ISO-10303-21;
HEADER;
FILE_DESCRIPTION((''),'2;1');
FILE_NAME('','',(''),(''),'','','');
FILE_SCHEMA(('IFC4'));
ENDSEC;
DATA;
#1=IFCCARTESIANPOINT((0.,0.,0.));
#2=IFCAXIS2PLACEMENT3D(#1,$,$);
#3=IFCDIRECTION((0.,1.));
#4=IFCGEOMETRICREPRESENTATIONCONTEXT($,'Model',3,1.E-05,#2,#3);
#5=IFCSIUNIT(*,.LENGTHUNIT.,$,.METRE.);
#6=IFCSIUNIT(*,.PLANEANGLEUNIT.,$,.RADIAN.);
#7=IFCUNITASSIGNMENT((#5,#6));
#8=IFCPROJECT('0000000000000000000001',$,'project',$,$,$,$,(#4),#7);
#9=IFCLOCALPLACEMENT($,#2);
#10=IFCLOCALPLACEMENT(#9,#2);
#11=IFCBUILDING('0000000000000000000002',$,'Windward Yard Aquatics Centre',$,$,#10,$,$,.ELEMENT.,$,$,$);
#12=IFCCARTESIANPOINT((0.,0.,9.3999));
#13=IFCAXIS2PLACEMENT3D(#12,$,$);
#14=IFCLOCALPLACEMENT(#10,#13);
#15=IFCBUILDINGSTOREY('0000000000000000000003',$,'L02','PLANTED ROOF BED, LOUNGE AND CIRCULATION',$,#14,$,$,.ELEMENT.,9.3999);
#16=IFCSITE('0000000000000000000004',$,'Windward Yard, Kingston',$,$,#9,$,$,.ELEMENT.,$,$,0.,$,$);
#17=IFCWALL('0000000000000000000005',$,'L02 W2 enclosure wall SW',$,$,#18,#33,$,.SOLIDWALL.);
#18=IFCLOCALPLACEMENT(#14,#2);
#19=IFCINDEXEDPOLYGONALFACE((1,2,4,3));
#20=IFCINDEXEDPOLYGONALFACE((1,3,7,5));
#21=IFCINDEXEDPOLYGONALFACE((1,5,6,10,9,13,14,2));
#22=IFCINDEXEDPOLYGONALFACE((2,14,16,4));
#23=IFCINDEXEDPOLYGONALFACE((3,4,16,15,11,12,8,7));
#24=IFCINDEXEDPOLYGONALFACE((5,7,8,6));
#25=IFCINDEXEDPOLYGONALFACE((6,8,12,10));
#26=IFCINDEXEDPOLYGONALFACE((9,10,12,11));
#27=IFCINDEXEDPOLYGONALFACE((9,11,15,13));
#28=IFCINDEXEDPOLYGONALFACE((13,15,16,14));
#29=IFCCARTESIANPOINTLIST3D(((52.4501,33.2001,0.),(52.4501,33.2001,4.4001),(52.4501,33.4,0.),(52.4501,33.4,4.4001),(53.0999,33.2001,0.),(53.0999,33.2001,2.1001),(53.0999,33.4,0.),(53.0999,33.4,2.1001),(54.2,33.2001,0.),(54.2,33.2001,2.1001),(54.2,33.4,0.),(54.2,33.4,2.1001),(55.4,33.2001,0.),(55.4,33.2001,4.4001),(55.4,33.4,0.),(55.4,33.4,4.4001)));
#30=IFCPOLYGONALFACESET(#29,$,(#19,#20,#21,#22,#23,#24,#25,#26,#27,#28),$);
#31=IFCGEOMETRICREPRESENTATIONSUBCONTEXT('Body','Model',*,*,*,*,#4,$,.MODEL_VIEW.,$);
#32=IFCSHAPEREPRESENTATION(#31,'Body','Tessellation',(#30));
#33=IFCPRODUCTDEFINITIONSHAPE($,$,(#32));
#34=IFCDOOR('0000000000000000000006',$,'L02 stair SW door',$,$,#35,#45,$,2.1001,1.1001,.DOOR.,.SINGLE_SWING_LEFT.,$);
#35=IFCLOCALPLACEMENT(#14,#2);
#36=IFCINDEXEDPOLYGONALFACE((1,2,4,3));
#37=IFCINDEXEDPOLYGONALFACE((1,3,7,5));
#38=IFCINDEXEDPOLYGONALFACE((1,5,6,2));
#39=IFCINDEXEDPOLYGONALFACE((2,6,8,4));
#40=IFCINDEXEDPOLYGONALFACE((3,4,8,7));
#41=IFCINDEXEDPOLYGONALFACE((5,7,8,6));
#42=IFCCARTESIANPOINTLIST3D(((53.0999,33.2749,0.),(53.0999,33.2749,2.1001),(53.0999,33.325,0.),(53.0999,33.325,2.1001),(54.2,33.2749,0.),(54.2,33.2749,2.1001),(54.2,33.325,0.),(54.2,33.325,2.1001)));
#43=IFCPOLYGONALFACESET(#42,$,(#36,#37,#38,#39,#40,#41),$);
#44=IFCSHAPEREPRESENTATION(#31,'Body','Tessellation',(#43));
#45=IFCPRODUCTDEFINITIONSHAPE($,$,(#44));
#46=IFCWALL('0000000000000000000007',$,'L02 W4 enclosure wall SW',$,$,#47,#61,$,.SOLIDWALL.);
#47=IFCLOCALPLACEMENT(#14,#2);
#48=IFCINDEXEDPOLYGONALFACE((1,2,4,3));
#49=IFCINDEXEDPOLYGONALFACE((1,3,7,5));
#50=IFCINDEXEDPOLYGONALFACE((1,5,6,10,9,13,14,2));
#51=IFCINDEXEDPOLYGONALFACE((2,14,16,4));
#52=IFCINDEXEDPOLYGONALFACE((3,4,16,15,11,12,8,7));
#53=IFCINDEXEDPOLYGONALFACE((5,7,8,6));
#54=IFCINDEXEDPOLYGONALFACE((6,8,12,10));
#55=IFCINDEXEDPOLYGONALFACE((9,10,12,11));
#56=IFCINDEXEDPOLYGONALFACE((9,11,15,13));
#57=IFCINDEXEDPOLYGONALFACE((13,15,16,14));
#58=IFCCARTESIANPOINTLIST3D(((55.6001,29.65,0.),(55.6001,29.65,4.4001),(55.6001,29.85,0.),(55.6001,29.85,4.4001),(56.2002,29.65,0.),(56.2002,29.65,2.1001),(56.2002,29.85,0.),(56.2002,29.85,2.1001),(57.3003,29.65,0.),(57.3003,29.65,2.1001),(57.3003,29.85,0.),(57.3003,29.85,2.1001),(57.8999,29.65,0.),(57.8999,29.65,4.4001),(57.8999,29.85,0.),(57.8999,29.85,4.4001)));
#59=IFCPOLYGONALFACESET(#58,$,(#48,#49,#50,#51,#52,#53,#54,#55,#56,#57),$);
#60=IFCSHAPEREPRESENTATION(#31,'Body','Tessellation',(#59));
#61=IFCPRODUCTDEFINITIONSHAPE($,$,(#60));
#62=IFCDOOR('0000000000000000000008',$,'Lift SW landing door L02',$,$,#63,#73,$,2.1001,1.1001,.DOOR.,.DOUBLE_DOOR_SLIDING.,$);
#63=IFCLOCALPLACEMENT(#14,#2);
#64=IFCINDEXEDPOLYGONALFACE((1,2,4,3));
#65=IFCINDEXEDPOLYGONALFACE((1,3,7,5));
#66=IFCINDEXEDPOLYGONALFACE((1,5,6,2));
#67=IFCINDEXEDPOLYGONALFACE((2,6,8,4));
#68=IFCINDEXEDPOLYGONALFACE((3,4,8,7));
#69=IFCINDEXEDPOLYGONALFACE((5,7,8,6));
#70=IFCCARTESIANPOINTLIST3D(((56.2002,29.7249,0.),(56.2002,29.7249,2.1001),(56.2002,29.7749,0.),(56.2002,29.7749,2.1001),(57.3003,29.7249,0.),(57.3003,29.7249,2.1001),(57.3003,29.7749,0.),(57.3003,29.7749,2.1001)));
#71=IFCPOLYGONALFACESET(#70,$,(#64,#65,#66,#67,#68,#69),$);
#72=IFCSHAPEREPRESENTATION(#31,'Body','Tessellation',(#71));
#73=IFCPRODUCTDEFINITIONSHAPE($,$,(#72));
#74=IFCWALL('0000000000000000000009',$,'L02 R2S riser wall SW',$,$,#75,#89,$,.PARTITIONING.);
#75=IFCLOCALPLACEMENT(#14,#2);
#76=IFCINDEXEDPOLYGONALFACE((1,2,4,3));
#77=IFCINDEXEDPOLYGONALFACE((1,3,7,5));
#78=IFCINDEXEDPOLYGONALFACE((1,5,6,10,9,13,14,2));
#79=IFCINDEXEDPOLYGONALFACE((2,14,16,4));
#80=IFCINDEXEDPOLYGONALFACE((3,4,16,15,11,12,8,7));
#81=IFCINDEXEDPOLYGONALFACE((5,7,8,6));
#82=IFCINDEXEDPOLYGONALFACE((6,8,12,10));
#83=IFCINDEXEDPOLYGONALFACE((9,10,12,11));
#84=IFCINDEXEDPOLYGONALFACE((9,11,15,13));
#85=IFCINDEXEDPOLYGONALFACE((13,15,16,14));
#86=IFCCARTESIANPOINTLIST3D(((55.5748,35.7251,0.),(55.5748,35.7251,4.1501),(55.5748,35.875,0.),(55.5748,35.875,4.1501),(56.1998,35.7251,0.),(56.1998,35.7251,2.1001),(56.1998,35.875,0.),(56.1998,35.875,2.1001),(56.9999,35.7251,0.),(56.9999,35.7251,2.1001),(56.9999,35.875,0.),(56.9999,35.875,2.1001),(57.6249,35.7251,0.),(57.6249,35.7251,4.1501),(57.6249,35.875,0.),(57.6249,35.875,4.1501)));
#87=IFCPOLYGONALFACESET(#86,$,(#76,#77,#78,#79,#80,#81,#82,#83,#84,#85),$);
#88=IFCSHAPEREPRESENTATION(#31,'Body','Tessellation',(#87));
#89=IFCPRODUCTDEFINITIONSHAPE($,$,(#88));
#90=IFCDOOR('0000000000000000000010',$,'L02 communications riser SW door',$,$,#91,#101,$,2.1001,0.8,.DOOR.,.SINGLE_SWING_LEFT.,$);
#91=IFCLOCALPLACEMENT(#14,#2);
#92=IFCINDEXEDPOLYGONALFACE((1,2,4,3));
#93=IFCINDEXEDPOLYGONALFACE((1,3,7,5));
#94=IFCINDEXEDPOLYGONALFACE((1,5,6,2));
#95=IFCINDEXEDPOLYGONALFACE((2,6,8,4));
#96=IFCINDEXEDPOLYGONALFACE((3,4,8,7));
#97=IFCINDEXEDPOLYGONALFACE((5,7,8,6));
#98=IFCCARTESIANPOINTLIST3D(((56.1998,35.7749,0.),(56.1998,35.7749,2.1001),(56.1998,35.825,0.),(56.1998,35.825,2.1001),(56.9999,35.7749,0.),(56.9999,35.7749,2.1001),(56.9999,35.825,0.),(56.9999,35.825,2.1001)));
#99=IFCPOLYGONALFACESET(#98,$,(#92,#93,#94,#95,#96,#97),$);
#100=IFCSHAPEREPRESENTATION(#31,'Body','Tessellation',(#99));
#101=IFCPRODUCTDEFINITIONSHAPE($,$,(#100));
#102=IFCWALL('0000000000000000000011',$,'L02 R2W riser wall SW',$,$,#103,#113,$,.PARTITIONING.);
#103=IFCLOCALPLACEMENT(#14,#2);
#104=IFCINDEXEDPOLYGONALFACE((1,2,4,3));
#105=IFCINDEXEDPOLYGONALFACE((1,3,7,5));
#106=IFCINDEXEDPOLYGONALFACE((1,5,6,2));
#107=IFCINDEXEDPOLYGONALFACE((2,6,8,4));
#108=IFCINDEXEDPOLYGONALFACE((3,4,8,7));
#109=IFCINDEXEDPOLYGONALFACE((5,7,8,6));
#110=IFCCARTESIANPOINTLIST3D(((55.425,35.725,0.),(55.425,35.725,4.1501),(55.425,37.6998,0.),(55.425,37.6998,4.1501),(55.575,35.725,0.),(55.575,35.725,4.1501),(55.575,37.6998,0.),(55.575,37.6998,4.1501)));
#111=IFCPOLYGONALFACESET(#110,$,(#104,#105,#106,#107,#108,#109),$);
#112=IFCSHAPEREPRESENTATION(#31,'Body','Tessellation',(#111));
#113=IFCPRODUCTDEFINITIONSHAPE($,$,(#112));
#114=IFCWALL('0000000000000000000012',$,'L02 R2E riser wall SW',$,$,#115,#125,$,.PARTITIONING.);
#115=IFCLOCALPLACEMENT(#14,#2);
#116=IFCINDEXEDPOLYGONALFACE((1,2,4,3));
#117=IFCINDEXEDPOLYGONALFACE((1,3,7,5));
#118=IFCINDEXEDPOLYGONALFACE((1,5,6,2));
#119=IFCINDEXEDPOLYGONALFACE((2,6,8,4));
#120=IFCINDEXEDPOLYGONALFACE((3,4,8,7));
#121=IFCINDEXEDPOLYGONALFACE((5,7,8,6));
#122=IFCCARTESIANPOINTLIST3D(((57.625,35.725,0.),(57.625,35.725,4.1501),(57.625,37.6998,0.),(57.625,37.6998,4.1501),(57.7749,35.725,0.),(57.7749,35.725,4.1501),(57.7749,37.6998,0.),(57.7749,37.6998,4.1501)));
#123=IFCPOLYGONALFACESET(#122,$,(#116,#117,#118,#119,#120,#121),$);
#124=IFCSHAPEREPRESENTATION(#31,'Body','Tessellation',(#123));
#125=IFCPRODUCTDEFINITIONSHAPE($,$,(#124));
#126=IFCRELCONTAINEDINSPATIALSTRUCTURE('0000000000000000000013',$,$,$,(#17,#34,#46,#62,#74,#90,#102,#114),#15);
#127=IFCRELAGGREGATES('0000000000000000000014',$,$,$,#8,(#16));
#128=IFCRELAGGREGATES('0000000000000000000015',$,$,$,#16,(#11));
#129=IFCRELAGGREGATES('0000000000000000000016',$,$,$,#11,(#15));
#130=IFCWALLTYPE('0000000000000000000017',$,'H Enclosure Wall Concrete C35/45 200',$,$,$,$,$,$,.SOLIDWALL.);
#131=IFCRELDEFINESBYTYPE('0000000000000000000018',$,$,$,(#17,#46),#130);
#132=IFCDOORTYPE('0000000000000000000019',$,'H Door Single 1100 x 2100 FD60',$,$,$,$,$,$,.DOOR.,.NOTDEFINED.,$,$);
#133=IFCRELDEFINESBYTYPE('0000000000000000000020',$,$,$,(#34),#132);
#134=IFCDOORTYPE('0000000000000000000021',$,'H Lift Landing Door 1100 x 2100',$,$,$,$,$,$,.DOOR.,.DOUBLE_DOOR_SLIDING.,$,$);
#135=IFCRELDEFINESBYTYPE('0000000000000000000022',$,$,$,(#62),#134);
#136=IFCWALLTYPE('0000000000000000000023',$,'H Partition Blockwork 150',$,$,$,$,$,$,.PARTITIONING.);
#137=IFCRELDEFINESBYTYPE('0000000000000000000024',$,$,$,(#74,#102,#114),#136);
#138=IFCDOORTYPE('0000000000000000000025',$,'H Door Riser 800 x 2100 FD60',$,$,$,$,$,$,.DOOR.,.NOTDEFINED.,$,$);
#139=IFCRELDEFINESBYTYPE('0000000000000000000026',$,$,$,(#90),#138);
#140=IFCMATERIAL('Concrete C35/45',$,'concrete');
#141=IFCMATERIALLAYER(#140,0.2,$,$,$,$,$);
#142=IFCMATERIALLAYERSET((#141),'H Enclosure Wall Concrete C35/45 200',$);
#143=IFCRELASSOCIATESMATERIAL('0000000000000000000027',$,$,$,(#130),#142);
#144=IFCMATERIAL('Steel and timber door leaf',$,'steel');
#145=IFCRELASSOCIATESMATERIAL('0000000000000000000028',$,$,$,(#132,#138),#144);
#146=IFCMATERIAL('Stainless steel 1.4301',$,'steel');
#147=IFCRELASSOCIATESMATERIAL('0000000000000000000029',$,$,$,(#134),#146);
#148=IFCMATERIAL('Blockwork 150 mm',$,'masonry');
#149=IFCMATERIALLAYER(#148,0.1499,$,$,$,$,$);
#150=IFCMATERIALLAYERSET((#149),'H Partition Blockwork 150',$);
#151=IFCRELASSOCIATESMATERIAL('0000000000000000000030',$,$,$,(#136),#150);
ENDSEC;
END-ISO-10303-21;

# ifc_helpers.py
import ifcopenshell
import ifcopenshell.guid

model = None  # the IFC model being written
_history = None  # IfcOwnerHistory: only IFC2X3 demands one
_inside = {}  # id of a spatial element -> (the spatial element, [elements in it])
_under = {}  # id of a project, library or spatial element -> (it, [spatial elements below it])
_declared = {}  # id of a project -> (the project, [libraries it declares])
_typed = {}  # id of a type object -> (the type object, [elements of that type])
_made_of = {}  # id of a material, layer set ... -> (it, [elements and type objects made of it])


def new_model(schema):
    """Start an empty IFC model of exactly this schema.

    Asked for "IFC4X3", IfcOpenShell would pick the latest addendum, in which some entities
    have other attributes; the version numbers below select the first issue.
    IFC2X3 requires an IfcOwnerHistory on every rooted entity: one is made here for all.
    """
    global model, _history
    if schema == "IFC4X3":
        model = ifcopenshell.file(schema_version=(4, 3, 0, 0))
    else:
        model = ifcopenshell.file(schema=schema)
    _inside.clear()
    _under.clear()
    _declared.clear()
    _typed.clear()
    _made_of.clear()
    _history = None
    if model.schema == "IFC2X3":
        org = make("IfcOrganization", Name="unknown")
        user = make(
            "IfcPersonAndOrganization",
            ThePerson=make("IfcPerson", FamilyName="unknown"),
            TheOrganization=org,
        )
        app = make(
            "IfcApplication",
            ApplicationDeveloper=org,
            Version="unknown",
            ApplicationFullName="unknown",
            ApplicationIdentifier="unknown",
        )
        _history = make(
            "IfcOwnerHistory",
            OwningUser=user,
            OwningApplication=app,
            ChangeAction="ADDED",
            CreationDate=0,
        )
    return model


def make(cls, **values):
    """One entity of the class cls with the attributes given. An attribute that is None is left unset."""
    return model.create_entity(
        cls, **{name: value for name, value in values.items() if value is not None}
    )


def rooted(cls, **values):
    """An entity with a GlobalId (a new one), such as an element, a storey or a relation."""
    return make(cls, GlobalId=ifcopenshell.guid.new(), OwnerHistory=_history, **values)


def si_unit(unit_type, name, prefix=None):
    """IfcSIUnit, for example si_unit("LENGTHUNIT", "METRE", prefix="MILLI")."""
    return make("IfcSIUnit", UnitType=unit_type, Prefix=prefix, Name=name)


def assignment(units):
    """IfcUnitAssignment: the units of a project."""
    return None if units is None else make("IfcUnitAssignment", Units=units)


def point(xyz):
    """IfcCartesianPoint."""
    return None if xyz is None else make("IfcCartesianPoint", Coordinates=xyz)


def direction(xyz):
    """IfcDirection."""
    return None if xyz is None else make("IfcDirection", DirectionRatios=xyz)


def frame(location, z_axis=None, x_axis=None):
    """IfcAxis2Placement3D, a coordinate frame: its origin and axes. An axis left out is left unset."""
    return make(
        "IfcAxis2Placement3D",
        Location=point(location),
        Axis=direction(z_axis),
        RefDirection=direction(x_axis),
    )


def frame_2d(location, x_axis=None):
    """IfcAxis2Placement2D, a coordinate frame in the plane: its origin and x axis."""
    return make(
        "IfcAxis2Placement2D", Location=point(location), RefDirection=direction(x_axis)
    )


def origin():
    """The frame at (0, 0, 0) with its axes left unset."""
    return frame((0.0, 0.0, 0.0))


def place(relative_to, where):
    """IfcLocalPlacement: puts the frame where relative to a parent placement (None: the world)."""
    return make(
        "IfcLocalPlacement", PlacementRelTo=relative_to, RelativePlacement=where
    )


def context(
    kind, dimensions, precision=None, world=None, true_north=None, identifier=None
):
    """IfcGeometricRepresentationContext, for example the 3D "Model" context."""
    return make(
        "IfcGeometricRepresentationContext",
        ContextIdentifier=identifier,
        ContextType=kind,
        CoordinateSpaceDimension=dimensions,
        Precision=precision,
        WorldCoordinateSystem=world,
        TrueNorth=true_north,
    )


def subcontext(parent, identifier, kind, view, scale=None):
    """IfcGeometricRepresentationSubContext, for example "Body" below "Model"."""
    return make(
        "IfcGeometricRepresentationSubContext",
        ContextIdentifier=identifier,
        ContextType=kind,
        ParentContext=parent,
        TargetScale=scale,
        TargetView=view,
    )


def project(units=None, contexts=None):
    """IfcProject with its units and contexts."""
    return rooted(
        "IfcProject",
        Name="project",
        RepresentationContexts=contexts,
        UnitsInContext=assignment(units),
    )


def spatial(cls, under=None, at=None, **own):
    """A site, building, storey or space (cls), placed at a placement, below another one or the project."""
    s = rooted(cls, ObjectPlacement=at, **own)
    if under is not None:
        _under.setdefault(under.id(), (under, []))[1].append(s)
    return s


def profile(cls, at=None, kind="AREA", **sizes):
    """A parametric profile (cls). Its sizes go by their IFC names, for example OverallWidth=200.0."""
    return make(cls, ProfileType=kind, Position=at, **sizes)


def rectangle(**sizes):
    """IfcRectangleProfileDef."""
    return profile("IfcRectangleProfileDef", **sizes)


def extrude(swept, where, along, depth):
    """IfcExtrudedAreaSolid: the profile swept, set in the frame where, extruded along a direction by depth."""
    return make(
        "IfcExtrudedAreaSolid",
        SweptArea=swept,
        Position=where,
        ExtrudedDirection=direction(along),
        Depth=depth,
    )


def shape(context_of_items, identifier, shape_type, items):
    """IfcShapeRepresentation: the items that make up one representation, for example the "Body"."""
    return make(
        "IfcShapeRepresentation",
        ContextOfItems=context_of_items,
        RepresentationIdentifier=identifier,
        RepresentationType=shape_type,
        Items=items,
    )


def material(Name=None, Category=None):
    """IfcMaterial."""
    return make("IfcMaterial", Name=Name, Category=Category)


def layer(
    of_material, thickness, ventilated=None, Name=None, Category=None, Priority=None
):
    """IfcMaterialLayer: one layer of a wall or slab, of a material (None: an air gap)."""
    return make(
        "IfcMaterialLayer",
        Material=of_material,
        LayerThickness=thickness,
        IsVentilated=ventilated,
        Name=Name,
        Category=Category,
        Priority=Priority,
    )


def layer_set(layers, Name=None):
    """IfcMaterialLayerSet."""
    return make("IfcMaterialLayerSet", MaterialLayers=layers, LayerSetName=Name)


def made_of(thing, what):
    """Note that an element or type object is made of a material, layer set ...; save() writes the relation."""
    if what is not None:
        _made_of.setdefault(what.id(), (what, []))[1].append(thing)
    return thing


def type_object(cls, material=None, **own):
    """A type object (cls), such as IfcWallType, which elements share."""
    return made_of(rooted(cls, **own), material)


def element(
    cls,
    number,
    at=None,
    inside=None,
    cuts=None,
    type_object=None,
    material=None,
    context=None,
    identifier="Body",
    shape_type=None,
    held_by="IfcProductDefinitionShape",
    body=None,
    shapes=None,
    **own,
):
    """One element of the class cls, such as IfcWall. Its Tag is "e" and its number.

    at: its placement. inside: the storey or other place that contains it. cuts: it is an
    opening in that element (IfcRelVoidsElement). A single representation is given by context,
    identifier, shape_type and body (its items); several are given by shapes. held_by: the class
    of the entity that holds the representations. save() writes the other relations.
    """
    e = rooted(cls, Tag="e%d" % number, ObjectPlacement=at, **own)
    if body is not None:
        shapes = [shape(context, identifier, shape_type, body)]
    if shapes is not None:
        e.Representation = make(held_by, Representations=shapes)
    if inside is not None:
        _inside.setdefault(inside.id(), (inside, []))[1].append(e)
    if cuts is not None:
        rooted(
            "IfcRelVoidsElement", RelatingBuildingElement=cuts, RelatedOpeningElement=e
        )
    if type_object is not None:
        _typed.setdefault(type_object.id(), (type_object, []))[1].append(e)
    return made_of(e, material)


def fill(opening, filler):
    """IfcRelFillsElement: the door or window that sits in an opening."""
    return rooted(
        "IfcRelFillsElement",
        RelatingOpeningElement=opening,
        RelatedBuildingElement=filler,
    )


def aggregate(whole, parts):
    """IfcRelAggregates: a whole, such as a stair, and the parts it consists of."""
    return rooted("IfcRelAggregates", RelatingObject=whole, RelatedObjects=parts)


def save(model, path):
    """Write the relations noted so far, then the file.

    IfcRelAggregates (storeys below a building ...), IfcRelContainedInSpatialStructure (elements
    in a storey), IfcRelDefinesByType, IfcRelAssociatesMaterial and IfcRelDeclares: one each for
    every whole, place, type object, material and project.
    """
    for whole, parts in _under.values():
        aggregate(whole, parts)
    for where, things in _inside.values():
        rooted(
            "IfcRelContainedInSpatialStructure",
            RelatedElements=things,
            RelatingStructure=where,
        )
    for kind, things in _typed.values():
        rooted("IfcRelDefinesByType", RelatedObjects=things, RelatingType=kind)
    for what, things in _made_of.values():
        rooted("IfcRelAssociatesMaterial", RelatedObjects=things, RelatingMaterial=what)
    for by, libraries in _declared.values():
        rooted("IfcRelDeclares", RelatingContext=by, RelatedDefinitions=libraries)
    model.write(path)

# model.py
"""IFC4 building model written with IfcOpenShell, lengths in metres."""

from ifc_helpers import new_model, si_unit, direction, frame, frame_2d, origin, place, context, subcontext, project, spatial, rectangle, extrude, material, layer, layer_set, type_object, element, fill, save


model = new_model("IFC4")

# Units and contexts
model_context = context("Model", 3, precision=1e-05, world=origin(), true_north=direction((0.0, 1.0)))
body_context = subcontext(model_context, "Body", "Model", "MODEL_VIEW")
ifc_project = project(units=[si_unit("LENGTHUNIT", "METRE"), si_unit("PLANEANGLEUNIT", "RADIAN")], contexts=[model_context])

# Site, building, storey
site_placement = place(None, origin())
site = spatial("IfcSite", under=ifc_project, at=site_placement, Name="Windward Yard, Kingston", CompositionType="ELEMENT", RefElevation=0.0)
building_placement = place(site_placement, origin())
building = spatial("IfcBuilding", under=site, at=building_placement, Name="Windward Yard Aquatics Centre", CompositionType="ELEMENT")
storey_placement = place(building_placement, frame((0.0, 0.0, 9.3999)))
storey = spatial("IfcBuildingStorey", under=building, at=storey_placement, Name="L02", Description="PLANTED ROOF BED, LOUNGE AND CIRCULATION", CompositionType="ELEMENT", Elevation=9.3999)

# Walls, openings, doors
ifc_material_1 = material(Name="Concrete C35/45", Category="concrete")
ifc_layer_1 = layer(ifc_material_1, 0.2)
ifc_layer_set_1 = layer_set([ifc_layer_1], Name="H Enclosure Wall Concrete C35/45 200")
wall_type_1 = type_object("IfcWallType", Name="H Enclosure Wall Concrete C35/45 200", PredefinedType="SOLIDWALL", material=ifc_layer_set_1)
wall_1_placement = place(storey_placement, frame((52.45, 33.3, 0.0), z_axis=(0.0, 0.0, 1.0), x_axis=(1.0, 0.0, 0.0)))
wall_1 = element("IfcWall", 1, at=wall_1_placement, inside=storey, type_object=wall_type_1, Name="L02 W2 enclosure wall SW", PredefinedType="SOLIDWALL", context=body_context, shape_type="SweptSolid", body=[
    extrude(rectangle(XDim=2.95, YDim=0.2, at=frame_2d((1.4751, 0.0))), origin(), (0.0, 0.0, 1.0), 4.4001),
])
opening_1_placement = place(wall_1_placement, frame((0.6499, 0.0, 0.0)))
opening_1 = element("IfcOpeningElement", 2, at=opening_1_placement, cuts=wall_1, PredefinedType="OPENING", context=body_context, shape_type="SweptSolid", body=[
    extrude(rectangle(XDim=1.1001, YDim=2.1001, at=frame_2d((0.55, 1.05))), frame((0.0, 0.1099, 0.0), z_axis=(0.0, -1.0, 0.0), x_axis=(1.0, 0.0, 0.0)), (0.0, 0.0, 1.0), 0.22),
])
ifc_material_2 = material(Name="Steel and timber door leaf", Category="steel")
door_type_1 = type_object("IfcDoorType", Name="H Door Single 1100 x 2100 FD60", OperationType="NOTDEFINED", PredefinedType="DOOR", material=ifc_material_2)
door_1_placement = place(opening_1_placement, origin())
door_1 = element("IfcDoor", 3, at=door_1_placement, inside=storey, type_object=door_type_1, Name="L02 stair SW door", OperationType="SINGLE_SWING_LEFT", OverallHeight=2.1001, OverallWidth=1.1001, PredefinedType="DOOR", context=body_context, shape_type="SweptSolid", body=[
    extrude(rectangle(XDim=1.1001, YDim=2.1001, at=frame_2d((0.55, 1.05))), frame((0.0, 0.0249, 0.0), z_axis=(0.0, -1.0, 0.0), x_axis=(1.0, 0.0, 0.0)), (0.0, 0.0, 1.0), 0.05),
])
fill(opening_1, door_1)
wall_2_placement = place(storey_placement, frame((55.6001, 29.75, 0.0), z_axis=(0.0, 0.0, 1.0), x_axis=(1.0, 0.0, 0.0)))
wall_2 = element("IfcWall", 4, at=wall_2_placement, inside=storey, type_object=wall_type_1, Name="L02 W4 enclosure wall SW", PredefinedType="SOLIDWALL", context=body_context, shape_type="SweptSolid", body=[
    extrude(rectangle(XDim=2.2998, YDim=0.2, at=frame_2d((1.1499, 0.0))), origin(), (0.0, 0.0, 1.0), 4.4001),
])
opening_2_placement = place(wall_2_placement, frame((0.6001, 0.0, 0.0)))
opening_2 = element("IfcOpeningElement", 5, at=opening_2_placement, cuts=wall_2, PredefinedType="OPENING", context=body_context, shape_type="SweptSolid", body=[
    extrude(rectangle(XDim=1.1001, YDim=2.1001, at=frame_2d((0.55, 1.05))), frame((0.0, 0.1099, 0.0), z_axis=(0.0, -1.0, 0.0), x_axis=(1.0, 0.0, 0.0)), (0.0, 0.0, 1.0), 0.22),
])
ifc_material_3 = material(Name="Stainless steel 1.4301", Category="steel")
door_type_2 = type_object("IfcDoorType", Name="H Lift Landing Door 1100 x 2100", OperationType="DOUBLE_DOOR_SLIDING", PredefinedType="DOOR", material=ifc_material_3)
door_2_placement = place(opening_2_placement, origin())
door_2 = element("IfcDoor", 6, at=door_2_placement, inside=storey, type_object=door_type_2, Name="Lift SW landing door L02", OperationType="DOUBLE_DOOR_SLIDING", OverallHeight=2.1001, OverallWidth=1.1001, PredefinedType="DOOR", context=body_context, shape_type="SweptSolid", body=[
    extrude(rectangle(XDim=1.1001, YDim=2.1001, at=frame_2d((0.55, 1.05))), frame((0.0, 0.0249, 0.0), z_axis=(0.0, -1.0, 0.0), x_axis=(1.0, 0.0, 0.0)), (0.0, 0.0, 1.0), 0.05),
])
fill(opening_2, door_2)
ifc_material_4 = material(Name="Blockwork 150 mm", Category="masonry")
ifc_layer_2 = layer(ifc_material_4, 0.1499)
ifc_layer_set_2 = layer_set([ifc_layer_2], Name="H Partition Blockwork 150")
wall_type_2 = type_object("IfcWallType", Name="H Partition Blockwork 150", PredefinedType="PARTITIONING", material=ifc_layer_set_2)
wall_3_placement = place(storey_placement, frame((55.575, 35.8, 0.0), z_axis=(0.0, 0.0, 1.0), x_axis=(1.0, 0.0, 0.0)))
wall_3 = element("IfcWall", 7, at=wall_3_placement, inside=storey, type_object=wall_type_2, Name="L02 R2S riser wall SW", PredefinedType="PARTITIONING", context=body_context, shape_type="SweptSolid", body=[
    extrude(rectangle(XDim=2.05, YDim=0.1499, at=frame_2d((1.0249, 0.0))), origin(), (0.0, 0.0, 1.0), 4.1501),
])
opening_3_placement = place(wall_3_placement, frame((0.625, 0.0, 0.0)))
opening_3 = element("IfcOpeningElement", 8, at=opening_3_placement, cuts=wall_3, PredefinedType="OPENING", context=body_context, shape_type="SweptSolid", body=[
    extrude(rectangle(XDim=0.8, YDim=2.1001, at=frame_2d((0.3999, 1.05))), frame((0.0, 0.085, 0.0), z_axis=(0.0, -1.0, 0.0), x_axis=(1.0, 0.0, 0.0)), (0.0, 0.0, 1.0), 0.1699),
])
door_type_3 = type_object("IfcDoorType", Name="H Door Riser 800 x 2100 FD60", OperationType="NOTDEFINED", PredefinedType="DOOR", material=ifc_material_2)
door_3_placement = place(opening_3_placement, origin())
door_3 = element("IfcDoor", 9, at=door_3_placement, inside=storey, type_object=door_type_3, Name="L02 communications riser SW door", OperationType="SINGLE_SWING_LEFT", OverallHeight=2.1001, OverallWidth=0.8, PredefinedType="DOOR", context=body_context, shape_type="SweptSolid", body=[
    extrude(rectangle(XDim=0.8, YDim=2.1001, at=frame_2d((0.3999, 1.05))), frame((0.0, 0.0249, 0.0), z_axis=(0.0, -1.0, 0.0), x_axis=(1.0, 0.0, 0.0)), (0.0, 0.0, 1.0), 0.05),
])
fill(opening_3, door_3)

# Walls
for number, where, z_axis, x_axis, name in (
    (10, (55.5, 35.7251, 0.0), (0.0, 0.0, 1.0), (0.0, 1.0, 0.0), "L02 R2W riser wall SW"),
    (11, (57.7, 35.7251, 0.0), (0.0, 0.0, 1.0), (0.0, 1.0, 0.0), "L02 R2E riser wall SW"),
):
    element("IfcWall", number, at=place(storey_placement, frame(where, z_axis=z_axis, x_axis=x_axis)), inside=storey, type_object=wall_type_2, Name=name, PredefinedType="PARTITIONING", context=body_context, shape_type="SweptSolid", body=[
        extrude(rectangle(XDim=1.9749, YDim=0.1499, at=frame_2d((0.9873, 0.0))), origin(), (0.0, 0.0, 1.0), 4.1501),
    ])

save(model, "model.ifc")
